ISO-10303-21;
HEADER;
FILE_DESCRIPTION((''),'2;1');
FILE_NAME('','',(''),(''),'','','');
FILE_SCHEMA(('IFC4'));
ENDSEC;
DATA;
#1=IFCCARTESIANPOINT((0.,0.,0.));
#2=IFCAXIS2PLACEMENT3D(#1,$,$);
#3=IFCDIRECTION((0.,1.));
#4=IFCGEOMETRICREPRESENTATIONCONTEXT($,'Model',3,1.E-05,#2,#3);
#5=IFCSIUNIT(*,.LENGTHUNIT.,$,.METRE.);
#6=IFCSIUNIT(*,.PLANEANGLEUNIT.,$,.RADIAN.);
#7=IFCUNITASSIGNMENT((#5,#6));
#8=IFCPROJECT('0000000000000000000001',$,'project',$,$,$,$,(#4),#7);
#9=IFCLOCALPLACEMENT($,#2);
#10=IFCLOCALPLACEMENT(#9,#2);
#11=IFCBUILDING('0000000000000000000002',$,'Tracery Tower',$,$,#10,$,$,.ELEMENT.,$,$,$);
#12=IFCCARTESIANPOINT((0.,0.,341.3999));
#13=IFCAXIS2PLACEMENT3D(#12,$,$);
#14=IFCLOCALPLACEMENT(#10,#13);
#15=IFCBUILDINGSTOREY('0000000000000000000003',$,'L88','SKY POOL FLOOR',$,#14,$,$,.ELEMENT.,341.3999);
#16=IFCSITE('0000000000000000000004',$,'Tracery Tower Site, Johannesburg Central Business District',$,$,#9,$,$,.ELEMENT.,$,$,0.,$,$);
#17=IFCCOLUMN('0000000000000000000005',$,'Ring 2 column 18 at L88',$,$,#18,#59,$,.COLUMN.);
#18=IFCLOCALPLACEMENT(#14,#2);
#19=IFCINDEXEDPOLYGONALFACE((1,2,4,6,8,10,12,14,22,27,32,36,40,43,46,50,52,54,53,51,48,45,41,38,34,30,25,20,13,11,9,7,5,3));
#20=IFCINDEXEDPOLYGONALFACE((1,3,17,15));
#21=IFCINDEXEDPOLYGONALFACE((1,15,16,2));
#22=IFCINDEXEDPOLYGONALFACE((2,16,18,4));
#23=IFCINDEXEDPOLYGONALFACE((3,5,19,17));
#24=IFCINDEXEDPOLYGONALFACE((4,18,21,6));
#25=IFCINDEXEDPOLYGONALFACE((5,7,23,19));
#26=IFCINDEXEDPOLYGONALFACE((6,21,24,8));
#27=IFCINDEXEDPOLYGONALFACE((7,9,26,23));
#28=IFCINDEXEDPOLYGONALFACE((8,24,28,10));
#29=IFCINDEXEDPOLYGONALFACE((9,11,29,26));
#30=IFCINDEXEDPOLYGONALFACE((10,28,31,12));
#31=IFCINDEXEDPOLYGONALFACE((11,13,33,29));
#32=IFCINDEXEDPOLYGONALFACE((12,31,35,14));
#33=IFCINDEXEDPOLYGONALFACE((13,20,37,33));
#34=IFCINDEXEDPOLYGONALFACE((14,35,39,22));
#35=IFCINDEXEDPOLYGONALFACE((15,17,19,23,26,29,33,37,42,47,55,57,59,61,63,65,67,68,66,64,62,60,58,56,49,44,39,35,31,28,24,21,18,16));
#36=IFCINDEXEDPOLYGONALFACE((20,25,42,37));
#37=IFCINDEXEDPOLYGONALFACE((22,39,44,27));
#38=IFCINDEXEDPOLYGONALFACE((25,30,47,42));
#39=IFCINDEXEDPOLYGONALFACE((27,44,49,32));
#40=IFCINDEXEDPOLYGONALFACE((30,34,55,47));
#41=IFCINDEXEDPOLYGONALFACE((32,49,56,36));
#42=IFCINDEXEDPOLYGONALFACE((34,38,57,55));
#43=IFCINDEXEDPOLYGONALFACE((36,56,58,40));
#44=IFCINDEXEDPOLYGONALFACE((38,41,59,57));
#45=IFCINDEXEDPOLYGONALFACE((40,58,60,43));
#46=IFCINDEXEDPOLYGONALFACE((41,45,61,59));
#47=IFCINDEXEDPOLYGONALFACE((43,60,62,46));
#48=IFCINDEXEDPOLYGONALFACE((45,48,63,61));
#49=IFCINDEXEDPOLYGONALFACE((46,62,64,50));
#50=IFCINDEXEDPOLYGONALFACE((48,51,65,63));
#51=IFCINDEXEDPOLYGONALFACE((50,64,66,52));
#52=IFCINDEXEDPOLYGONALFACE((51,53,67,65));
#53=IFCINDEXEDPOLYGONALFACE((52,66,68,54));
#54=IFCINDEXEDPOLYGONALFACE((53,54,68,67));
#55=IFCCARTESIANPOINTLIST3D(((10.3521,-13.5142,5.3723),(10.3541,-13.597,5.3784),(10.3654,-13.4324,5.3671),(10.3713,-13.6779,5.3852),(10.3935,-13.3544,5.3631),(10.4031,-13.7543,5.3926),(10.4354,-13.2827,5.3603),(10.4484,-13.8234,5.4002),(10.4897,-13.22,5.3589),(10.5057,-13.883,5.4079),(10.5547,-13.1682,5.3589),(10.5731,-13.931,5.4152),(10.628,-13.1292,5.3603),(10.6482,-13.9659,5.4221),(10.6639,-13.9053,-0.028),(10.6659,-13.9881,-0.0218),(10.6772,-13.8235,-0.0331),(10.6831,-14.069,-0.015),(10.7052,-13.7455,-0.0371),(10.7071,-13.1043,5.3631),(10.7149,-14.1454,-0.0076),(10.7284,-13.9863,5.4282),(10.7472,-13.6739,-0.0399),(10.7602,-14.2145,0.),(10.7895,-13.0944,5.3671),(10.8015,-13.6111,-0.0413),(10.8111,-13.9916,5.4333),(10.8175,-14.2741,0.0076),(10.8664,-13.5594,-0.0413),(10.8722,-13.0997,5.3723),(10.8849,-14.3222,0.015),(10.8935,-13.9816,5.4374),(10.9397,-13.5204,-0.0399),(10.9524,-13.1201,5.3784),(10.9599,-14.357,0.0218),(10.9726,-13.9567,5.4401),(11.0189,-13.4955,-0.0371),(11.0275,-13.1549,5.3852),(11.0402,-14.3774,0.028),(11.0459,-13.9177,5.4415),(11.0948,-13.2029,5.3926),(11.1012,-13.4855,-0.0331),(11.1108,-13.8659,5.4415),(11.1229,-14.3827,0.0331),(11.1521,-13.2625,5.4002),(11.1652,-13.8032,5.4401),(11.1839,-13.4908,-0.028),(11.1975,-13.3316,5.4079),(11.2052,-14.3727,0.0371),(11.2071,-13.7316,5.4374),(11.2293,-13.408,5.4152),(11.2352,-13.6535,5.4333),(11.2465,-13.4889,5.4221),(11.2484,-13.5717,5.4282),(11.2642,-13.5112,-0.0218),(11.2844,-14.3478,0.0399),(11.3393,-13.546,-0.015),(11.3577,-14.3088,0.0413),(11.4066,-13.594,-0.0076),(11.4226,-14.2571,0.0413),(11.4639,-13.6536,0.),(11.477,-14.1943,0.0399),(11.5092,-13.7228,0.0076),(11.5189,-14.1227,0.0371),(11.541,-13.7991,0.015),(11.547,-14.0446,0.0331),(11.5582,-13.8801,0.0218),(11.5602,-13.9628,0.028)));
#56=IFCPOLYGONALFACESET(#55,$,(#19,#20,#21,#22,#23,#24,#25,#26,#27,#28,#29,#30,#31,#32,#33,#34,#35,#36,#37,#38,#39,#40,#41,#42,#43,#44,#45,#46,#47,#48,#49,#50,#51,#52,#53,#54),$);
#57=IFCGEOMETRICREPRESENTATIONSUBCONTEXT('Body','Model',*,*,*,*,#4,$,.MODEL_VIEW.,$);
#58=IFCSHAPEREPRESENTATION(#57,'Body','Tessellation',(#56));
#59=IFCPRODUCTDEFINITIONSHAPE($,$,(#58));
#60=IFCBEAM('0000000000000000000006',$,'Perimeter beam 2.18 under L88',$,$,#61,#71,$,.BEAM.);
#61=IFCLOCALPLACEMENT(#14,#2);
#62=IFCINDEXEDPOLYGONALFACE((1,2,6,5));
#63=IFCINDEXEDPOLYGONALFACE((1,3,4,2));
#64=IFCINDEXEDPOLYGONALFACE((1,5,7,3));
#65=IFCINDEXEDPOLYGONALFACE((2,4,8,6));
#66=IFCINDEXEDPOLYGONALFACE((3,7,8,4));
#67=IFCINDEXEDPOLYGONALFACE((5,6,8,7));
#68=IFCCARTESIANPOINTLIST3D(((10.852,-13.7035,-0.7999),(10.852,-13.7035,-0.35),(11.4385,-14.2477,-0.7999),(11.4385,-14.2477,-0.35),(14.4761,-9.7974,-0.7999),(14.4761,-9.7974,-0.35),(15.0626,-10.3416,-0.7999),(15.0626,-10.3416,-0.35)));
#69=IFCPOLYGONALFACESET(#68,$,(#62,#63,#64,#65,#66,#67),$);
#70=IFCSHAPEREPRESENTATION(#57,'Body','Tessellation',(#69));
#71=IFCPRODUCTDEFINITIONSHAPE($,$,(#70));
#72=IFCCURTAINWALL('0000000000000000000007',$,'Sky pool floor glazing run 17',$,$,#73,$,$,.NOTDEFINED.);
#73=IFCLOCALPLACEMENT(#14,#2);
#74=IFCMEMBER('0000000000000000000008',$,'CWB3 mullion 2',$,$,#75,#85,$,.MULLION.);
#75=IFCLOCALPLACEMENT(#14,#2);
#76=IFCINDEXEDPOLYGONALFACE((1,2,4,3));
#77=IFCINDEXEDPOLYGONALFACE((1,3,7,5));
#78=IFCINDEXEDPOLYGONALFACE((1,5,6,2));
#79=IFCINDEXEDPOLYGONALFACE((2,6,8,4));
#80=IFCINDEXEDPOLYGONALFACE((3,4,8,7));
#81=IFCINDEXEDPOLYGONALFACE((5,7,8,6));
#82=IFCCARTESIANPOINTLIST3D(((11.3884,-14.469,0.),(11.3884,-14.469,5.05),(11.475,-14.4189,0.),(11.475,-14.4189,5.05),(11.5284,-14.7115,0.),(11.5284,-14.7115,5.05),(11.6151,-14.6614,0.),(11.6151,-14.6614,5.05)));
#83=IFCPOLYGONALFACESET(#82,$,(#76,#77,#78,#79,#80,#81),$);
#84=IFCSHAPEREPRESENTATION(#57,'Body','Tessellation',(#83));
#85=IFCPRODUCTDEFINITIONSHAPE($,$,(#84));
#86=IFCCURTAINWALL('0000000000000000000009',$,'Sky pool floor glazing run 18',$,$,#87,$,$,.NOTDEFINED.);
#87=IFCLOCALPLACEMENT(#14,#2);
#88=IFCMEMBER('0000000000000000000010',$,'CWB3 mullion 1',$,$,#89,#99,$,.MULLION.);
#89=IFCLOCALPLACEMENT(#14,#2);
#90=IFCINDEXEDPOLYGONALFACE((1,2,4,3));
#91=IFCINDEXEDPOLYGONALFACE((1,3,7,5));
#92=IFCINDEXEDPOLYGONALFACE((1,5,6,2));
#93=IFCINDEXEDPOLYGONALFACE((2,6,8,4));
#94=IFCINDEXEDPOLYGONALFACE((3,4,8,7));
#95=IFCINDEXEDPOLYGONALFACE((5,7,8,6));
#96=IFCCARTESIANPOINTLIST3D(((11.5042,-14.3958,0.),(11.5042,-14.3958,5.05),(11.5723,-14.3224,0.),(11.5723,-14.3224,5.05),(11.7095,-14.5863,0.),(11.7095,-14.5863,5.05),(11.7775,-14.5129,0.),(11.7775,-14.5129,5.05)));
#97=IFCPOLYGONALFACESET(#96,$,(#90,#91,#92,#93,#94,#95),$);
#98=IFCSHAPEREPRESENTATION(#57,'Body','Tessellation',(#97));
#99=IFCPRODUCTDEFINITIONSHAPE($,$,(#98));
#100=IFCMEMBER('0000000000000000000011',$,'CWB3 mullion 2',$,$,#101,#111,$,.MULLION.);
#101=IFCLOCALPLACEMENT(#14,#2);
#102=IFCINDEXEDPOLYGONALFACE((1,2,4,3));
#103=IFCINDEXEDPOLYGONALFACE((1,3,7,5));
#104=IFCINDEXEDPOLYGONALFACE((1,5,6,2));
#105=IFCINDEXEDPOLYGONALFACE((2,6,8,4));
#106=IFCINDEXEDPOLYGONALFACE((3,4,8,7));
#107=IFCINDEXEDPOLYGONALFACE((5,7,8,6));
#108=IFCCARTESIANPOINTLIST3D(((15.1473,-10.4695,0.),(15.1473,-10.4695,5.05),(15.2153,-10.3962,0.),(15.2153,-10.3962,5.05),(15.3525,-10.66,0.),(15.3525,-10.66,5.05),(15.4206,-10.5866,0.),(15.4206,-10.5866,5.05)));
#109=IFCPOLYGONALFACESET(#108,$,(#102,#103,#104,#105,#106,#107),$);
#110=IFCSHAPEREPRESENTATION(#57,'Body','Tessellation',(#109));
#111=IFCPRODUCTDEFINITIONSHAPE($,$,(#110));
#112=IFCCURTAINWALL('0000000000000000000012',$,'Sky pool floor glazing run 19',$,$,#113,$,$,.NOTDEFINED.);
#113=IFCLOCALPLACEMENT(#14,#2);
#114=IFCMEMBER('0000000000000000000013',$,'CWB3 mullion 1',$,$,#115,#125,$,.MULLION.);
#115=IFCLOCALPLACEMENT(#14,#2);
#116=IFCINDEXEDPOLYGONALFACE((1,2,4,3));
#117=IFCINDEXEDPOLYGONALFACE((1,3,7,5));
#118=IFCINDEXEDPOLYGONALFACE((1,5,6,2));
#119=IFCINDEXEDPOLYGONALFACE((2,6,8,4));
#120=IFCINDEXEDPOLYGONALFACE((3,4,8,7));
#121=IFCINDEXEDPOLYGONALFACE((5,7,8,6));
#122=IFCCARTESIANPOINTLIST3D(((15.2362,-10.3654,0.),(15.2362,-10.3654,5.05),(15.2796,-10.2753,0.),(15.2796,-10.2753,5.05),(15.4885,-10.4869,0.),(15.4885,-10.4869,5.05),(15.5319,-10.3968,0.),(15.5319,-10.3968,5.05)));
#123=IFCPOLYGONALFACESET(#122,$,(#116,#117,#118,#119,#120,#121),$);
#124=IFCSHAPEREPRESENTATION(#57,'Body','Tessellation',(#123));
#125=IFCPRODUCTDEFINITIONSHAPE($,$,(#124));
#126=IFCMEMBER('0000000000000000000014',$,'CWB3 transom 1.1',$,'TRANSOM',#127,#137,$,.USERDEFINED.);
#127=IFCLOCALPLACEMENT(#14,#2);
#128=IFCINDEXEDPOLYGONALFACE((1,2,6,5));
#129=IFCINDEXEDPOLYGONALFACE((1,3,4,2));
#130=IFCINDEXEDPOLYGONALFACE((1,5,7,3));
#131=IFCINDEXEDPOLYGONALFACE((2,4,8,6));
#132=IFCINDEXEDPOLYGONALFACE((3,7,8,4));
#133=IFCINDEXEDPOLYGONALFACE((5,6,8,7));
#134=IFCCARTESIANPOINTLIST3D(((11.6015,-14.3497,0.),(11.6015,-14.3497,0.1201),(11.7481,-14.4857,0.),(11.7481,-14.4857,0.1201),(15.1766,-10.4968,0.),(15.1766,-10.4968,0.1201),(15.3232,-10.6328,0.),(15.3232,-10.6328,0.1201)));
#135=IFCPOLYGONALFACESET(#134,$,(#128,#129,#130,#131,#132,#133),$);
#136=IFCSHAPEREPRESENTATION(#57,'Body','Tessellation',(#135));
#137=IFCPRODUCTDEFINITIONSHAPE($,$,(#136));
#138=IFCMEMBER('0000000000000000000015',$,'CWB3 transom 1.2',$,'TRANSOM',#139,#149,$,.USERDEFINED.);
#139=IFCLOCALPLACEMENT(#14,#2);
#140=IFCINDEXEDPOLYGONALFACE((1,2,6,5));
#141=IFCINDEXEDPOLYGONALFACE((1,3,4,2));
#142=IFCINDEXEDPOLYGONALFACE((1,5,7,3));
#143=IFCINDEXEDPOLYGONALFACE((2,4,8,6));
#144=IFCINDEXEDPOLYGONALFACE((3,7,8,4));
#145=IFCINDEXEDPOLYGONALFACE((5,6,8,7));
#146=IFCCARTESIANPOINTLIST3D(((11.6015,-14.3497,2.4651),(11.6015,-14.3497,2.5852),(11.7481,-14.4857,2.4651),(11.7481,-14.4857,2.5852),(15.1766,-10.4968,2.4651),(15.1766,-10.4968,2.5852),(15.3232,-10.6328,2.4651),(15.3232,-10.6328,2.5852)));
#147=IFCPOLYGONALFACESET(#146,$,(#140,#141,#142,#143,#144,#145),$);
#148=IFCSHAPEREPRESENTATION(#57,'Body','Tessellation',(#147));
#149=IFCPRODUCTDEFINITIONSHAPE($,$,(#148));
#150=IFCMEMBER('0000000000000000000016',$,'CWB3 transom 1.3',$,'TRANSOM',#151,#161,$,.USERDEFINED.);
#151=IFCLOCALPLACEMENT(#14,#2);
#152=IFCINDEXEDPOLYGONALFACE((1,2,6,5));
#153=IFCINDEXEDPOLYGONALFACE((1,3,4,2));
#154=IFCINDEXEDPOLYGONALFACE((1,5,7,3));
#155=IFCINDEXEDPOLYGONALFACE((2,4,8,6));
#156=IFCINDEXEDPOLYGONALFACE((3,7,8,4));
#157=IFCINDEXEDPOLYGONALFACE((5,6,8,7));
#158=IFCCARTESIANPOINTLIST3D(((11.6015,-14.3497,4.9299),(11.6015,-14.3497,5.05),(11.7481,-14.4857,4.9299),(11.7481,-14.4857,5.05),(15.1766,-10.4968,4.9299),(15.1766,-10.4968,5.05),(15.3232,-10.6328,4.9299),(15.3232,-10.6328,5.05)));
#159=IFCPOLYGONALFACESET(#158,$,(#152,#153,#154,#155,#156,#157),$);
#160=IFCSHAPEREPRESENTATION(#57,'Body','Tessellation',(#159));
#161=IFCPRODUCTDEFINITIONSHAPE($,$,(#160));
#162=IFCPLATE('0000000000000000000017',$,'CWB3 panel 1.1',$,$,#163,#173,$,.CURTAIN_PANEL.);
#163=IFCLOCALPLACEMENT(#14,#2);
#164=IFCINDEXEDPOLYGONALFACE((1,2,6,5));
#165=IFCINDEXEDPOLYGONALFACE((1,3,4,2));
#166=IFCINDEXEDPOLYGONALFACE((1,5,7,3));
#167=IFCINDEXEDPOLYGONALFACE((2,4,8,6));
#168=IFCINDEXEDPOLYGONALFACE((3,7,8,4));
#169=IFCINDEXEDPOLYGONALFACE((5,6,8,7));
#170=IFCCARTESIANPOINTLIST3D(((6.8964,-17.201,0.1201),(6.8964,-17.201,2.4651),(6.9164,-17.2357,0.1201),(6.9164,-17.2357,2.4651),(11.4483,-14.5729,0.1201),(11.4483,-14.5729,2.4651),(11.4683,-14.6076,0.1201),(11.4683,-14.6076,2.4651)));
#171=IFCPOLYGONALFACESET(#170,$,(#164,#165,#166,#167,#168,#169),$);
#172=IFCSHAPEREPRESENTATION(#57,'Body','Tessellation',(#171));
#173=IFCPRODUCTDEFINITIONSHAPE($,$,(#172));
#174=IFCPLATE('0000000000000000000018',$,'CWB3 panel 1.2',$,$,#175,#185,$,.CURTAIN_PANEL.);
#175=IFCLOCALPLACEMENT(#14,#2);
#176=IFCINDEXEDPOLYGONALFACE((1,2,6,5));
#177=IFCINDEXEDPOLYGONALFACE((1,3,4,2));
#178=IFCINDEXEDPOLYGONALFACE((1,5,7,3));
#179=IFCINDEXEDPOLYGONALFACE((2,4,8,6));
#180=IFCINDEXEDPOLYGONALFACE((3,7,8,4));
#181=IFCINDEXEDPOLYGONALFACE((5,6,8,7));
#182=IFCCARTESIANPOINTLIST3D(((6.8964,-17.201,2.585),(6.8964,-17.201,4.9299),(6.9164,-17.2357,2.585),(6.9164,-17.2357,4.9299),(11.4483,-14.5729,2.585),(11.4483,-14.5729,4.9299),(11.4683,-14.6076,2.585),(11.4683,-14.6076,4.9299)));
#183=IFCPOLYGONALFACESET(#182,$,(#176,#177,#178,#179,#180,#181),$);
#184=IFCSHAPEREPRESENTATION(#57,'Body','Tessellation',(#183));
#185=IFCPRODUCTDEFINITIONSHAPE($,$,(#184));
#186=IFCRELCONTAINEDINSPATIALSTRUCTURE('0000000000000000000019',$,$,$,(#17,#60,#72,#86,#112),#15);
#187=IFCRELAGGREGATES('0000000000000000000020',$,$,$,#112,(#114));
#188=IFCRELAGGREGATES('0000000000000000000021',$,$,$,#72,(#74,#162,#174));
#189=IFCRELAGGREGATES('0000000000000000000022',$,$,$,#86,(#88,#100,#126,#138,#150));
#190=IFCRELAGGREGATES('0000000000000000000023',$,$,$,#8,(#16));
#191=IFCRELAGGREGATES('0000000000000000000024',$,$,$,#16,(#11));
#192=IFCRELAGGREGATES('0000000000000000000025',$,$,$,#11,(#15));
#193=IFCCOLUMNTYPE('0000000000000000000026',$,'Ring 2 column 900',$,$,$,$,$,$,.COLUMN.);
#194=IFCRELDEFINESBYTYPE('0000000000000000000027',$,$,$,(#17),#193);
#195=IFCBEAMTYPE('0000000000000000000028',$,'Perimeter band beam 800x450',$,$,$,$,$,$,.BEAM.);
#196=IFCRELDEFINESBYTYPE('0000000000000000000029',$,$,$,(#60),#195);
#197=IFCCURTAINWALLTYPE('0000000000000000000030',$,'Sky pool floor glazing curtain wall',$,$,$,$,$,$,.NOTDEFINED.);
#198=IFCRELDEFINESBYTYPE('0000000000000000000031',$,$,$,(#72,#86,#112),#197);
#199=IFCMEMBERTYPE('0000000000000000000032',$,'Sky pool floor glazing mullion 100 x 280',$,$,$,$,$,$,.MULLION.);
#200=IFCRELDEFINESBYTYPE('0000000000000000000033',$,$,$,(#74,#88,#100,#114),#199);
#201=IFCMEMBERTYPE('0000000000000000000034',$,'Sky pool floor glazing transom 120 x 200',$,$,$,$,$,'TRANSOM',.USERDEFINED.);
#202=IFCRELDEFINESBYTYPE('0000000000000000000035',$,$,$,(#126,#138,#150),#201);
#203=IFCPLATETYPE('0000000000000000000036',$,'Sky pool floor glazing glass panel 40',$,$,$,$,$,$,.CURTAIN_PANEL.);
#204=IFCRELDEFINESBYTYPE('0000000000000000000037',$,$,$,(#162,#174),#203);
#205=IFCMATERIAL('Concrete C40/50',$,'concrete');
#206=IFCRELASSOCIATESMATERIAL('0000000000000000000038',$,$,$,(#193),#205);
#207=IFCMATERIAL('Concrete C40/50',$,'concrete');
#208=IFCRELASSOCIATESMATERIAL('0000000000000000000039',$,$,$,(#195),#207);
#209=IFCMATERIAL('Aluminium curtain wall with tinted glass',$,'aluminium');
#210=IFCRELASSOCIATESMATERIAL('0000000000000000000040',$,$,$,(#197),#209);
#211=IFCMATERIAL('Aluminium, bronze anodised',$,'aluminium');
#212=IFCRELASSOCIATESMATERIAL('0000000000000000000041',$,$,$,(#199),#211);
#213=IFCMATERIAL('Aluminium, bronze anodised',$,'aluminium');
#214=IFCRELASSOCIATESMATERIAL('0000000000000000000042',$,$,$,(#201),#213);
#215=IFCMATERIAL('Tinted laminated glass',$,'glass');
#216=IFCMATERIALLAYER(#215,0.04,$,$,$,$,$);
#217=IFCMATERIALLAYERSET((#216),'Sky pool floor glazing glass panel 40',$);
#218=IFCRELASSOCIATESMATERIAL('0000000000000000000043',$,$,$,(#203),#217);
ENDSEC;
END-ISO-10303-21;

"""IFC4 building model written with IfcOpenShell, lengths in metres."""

from ifc_helpers import new_model, si_unit, direction, frame, origin, origin_2d, place, context, subcontext, project, spatial, rectangle, circle, extrude, material, layer, layer_set, material_profile, profile_set, type_object, element, aggregate, save


model = new_model("IFC4")

# Units and contexts
model_context = context("Model", 3, precision=1e-05, world=origin(), true_north=direction((0.0, 1.0)))
body_context = subcontext(model_context, "Body", "Model", "MODEL_VIEW")
ifc_project = project(units=[si_unit("LENGTHUNIT", "METRE"), si_unit("PLANEANGLEUNIT", "RADIAN")], contexts=[model_context])

# Site, building, storey
site_placement = place(None, origin())
site = spatial("IfcSite", under=ifc_project, at=site_placement, Name="Tracery Tower Site, Johannesburg Central Business District", CompositionType="ELEMENT", RefElevation=0.0)
building_placement = place(site_placement, origin())
building = spatial("IfcBuilding", under=site, at=building_placement, Name="Tracery Tower", CompositionType="ELEMENT")
storey_placement = place(building_placement, frame((0.0, 0.0, 341.3999)))
storey = spatial("IfcBuildingStorey", under=building, at=storey_placement, Name="L88", Description="SKY POOL FLOOR", CompositionType="ELEMENT", Elevation=341.3999)

# Column
ifc_material_1 = material(Name="Concrete C40/50", Category="concrete")
ifc_material_profile_1 = material_profile(ifc_material_1, circle(Radius=0.45, at=origin_2d()), Name="RC D900")
ifc_profile_set_1 = profile_set([ifc_material_profile_1], Name="Concrete C40/50")
column_type = type_object("IfcColumnType", Name="Ring 2 column 900", PredefinedType="COLUMN", material=ifc_profile_set_1)
column_placement = place(storey_placement, frame((11.1121, -13.9341, 0.0), z_axis=(-0.057487, 0.072118, 0.995738), x_axis=(-0.781963, -0.623325, 0.0)))
element("IfcColumn", 1, at=column_placement, inside=storey, type_object=column_type, Name="Ring 2 column 18 at L88", PredefinedType="COLUMN", context=body_context, shape_type="SweptSolid", body=[
    extrude(circle(Radius=0.45, at=origin_2d()), origin(), (0.0, 0.0, 1.0), 5.4233),
])

# Beam
ifc_material_2 = material(Name="Concrete C40/50", Category="concrete")
ifc_material_profile_2 = material_profile(ifc_material_2, rectangle(XDim=0.8, YDim=0.45, at=origin_2d()), Name="RC 800x450")
ifc_profile_set_2 = profile_set([ifc_material_profile_2], Name="Concrete C40/50")
beam_type = type_object("IfcBeamType", Name="Perimeter band beam 800x450", PredefinedType="BEAM", material=ifc_profile_set_2)
beam_placement = place(storey_placement, frame((11.1453, -13.9756, -0.575), z_axis=(0.680151, 0.733072, 0.0), x_axis=(-0.733072, 0.680151, 0.0)))
element("IfcBeam", 2, at=beam_placement, inside=storey, type_object=beam_type, Name="Perimeter beam 2.18 under L88", PredefinedType="BEAM", context=body_context, shape_type="SweptSolid", body=[
    extrude(rectangle(XDim=0.8, YDim=0.45, at=origin_2d()), origin(), (0.0, 0.0, 1.0), 5.3284),
])

# Curtain wall, member
ifc_material_3 = material(Name="Aluminium curtain wall with tinted glass", Category="aluminium")
curtain_wall_type = type_object("IfcCurtainWallType", Name="Sky pool floor glazing curtain wall", PredefinedType="NOTDEFINED", material=ifc_material_3)
curtain_wall_1_placement = place(storey_placement, origin())
curtain_wall_1 = element("IfcCurtainWall", 3, at=curtain_wall_1_placement, inside=storey, type_object=curtain_wall_type, Name="Sky pool floor glazing run 17", PredefinedType="NOTDEFINED")
ifc_material_4 = material(Name="Aluminium, bronze anodised", Category="aluminium")
ifc_material_profile_3 = material_profile(ifc_material_4, rectangle(XDim=0.28, YDim=0.1001, at=origin_2d()), Name="Sky pool floor glazing mullion 100 x 280")
ifc_profile_set_3 = profile_set([ifc_material_profile_3], Name="Aluminium, bronze anodised")
member_type_1 = type_object("IfcMemberType", Name="Sky pool floor glazing mullion 100 x 280", PredefinedType="MULLION", material=ifc_profile_set_3)
member_1_placement = place(storey_placement, frame((11.5017, -14.5652, 0.0), z_axis=(0.0, 0.0, 1.0), x_axis=(-0.500009, 0.86602, 0.0)))
member_1 = element("IfcMember", 4, at=member_1_placement, type_object=member_type_1, Name="CWB3 mullion 2", PredefinedType="MULLION", context=body_context, shape_type="SweptSolid", body=[
    extrude(rectangle(XDim=0.28, YDim=0.1001, at=origin_2d()), origin(), (0.0, 0.0, 1.0), 5.05),
])

# Curtain wall, members
curtain_wall_2_placement = place(storey_placement, origin())
curtain_wall_2 = element("IfcCurtainWall", 5, at=curtain_wall_2_placement, inside=storey, type_object=curtain_wall_type, Name="Sky pool floor glazing run 18", PredefinedType="NOTDEFINED")
member_2_placement = place(storey_placement, frame((11.6409, -14.4543, 0.0), z_axis=(0.0, 0.0, 1.0), x_axis=(-0.733051, 0.680174, 0.0)))
member_2 = element("IfcMember", 6, at=member_2_placement, type_object=member_type_1, Name="CWB3 mullion 1", PredefinedType="MULLION", context=body_context, shape_type="SweptSolid", body=[
    extrude(rectangle(XDim=0.28, YDim=0.1001, at=origin_2d()), origin(), (0.0, 0.0, 1.0), 5.05),
])
member_3_placement = place(storey_placement, frame((15.2839, -10.5281, 0.0), z_axis=(0.0, 0.0, 1.0), x_axis=(-0.733051, 0.680174, 0.0)))
member_3 = element("IfcMember", 7, at=member_3_placement, type_object=member_type_1, Name="CWB3 mullion 2", PredefinedType="MULLION", context=body_context, shape_type="SweptSolid", body=[
    extrude(rectangle(XDim=0.28, YDim=0.1001, at=origin_2d()), origin(), (0.0, 0.0, 1.0), 5.05),
])

# Curtain wall, member
curtain_wall_3_placement = place(storey_placement, origin())
curtain_wall_3 = element("IfcCurtainWall", 8, at=curtain_wall_3_placement, inside=storey, type_object=curtain_wall_type, Name="Sky pool floor glazing run 19", PredefinedType="NOTDEFINED")
member_4_placement = place(storey_placement, frame((15.384, -10.3811, 0.0), z_axis=(0.0, 0.0, 1.0), x_axis=(-0.900971, 0.43388, 0.0)))
member_4 = element("IfcMember", 9, at=member_4_placement, type_object=member_type_1, Name="CWB3 mullion 1", PredefinedType="MULLION", context=body_context, shape_type="SweptSolid", body=[
    extrude(rectangle(XDim=0.28, YDim=0.1001, at=origin_2d()), origin(), (0.0, 0.0, 1.0), 5.05),
])
aggregate(curtain_wall_3, [member_4])

# Members
ifc_material_5 = material(Name="Aluminium, bronze anodised", Category="aluminium")
ifc_material_profile_4 = material_profile(ifc_material_5, rectangle(XDim=0.2, YDim=0.1201, at=origin_2d()), Name="Sky pool floor glazing transom 120 x 200")
ifc_profile_set_4 = profile_set([ifc_material_profile_4], Name="Aluminium, bronze anodised")
member_type_2 = type_object("IfcMemberType", Name="Sky pool floor glazing transom 120 x 200", ElementType="TRANSOM", PredefinedType="USERDEFINED", material=ifc_profile_set_4)
member_5_placement = place(storey_placement, frame((11.6748, -14.4177, 0.0601), z_axis=(0.680184, 0.733042, 0.0), x_axis=(-0.733042, 0.680184, 0.0)))
member_5 = element("IfcMember", 10, at=member_5_placement, type_object=member_type_2, Name="CWB3 transom 1.1", ObjectType="TRANSOM", PredefinedType="USERDEFINED", context=body_context, shape_type="SweptSolid", body=[
    extrude(rectangle(XDim=0.2, YDim=0.1201, at=origin_2d()), origin(), (0.0, 0.0, 1.0), 5.2561),
])
member_6_placement = place(storey_placement, frame((11.6748, -14.4177, 2.5251), z_axis=(0.680184, 0.733042, 0.0), x_axis=(-0.733042, 0.680184, 0.0)))
member_6 = element("IfcMember", 11, at=member_6_placement, type_object=member_type_2, Name="CWB3 transom 1.2", ObjectType="TRANSOM", PredefinedType="USERDEFINED", context=body_context, shape_type="SweptSolid", body=[
    extrude(rectangle(XDim=0.2, YDim=0.1201, at=origin_2d()), origin(), (0.0, 0.0, 1.0), 5.2561),
])
member_7_placement = place(storey_placement, frame((11.6748, -14.4177, 4.99), z_axis=(0.680184, 0.733042, 0.0), x_axis=(-0.733042, 0.680184, 0.0)))
member_7 = element("IfcMember", 12, at=member_7_placement, type_object=member_type_2, Name="CWB3 transom 1.3", ObjectType="TRANSOM", PredefinedType="USERDEFINED", context=body_context, shape_type="SweptSolid", body=[
    extrude(rectangle(XDim=0.2, YDim=0.1201, at=origin_2d()), origin(), (0.0, 0.0, 1.0), 5.2561),
])

# Plates
ifc_material_6 = material(Name="Tinted laminated glass", Category="glass")
ifc_layer_1 = layer(ifc_material_6, 0.04)
ifc_layer_set_1 = layer_set([ifc_layer_1], Name="Sky pool floor glazing glass panel 40")
plate_type = type_object("IfcPlateType", Name="Sky pool floor glazing glass panel 40", PredefinedType="CURTAIN_PANEL", material=ifc_layer_set_1)
plate_1_placement = place(storey_placement, frame((9.1824, -15.9043, 0.1201), z_axis=(0.0, 0.0, 1.0), x_axis=(0.86602, 0.500009, 0.0)))
plate_1 = element("IfcPlate", 13, at=plate_1_placement, type_object=plate_type, Name="CWB3 panel 1.1", PredefinedType="CURTAIN_PANEL", context=body_context, shape_type="SweptSolid", body=[
    extrude(rectangle(XDim=5.2561, YDim=0.04, at=origin_2d()), origin(), (0.0, 0.0, 1.0), 2.345),
])
plate_2_placement = place(storey_placement, frame((9.1824, -15.9043, 2.585), z_axis=(0.0, 0.0, 1.0), x_axis=(0.86602, 0.500009, 0.0)))
plate_2 = element("IfcPlate", 14, at=plate_2_placement, type_object=plate_type, Name="CWB3 panel 1.2", PredefinedType="CURTAIN_PANEL", context=body_context, shape_type="SweptSolid", body=[
    extrude(rectangle(XDim=5.2561, YDim=0.04, at=origin_2d()), origin(), (0.0, 0.0, 1.0), 2.345),
])
aggregate(curtain_wall_1, [member_1, plate_1, plate_2])
aggregate(curtain_wall_2, [member_2, member_3, member_5, member_6, member_7])

save(model, "model.ifc")
